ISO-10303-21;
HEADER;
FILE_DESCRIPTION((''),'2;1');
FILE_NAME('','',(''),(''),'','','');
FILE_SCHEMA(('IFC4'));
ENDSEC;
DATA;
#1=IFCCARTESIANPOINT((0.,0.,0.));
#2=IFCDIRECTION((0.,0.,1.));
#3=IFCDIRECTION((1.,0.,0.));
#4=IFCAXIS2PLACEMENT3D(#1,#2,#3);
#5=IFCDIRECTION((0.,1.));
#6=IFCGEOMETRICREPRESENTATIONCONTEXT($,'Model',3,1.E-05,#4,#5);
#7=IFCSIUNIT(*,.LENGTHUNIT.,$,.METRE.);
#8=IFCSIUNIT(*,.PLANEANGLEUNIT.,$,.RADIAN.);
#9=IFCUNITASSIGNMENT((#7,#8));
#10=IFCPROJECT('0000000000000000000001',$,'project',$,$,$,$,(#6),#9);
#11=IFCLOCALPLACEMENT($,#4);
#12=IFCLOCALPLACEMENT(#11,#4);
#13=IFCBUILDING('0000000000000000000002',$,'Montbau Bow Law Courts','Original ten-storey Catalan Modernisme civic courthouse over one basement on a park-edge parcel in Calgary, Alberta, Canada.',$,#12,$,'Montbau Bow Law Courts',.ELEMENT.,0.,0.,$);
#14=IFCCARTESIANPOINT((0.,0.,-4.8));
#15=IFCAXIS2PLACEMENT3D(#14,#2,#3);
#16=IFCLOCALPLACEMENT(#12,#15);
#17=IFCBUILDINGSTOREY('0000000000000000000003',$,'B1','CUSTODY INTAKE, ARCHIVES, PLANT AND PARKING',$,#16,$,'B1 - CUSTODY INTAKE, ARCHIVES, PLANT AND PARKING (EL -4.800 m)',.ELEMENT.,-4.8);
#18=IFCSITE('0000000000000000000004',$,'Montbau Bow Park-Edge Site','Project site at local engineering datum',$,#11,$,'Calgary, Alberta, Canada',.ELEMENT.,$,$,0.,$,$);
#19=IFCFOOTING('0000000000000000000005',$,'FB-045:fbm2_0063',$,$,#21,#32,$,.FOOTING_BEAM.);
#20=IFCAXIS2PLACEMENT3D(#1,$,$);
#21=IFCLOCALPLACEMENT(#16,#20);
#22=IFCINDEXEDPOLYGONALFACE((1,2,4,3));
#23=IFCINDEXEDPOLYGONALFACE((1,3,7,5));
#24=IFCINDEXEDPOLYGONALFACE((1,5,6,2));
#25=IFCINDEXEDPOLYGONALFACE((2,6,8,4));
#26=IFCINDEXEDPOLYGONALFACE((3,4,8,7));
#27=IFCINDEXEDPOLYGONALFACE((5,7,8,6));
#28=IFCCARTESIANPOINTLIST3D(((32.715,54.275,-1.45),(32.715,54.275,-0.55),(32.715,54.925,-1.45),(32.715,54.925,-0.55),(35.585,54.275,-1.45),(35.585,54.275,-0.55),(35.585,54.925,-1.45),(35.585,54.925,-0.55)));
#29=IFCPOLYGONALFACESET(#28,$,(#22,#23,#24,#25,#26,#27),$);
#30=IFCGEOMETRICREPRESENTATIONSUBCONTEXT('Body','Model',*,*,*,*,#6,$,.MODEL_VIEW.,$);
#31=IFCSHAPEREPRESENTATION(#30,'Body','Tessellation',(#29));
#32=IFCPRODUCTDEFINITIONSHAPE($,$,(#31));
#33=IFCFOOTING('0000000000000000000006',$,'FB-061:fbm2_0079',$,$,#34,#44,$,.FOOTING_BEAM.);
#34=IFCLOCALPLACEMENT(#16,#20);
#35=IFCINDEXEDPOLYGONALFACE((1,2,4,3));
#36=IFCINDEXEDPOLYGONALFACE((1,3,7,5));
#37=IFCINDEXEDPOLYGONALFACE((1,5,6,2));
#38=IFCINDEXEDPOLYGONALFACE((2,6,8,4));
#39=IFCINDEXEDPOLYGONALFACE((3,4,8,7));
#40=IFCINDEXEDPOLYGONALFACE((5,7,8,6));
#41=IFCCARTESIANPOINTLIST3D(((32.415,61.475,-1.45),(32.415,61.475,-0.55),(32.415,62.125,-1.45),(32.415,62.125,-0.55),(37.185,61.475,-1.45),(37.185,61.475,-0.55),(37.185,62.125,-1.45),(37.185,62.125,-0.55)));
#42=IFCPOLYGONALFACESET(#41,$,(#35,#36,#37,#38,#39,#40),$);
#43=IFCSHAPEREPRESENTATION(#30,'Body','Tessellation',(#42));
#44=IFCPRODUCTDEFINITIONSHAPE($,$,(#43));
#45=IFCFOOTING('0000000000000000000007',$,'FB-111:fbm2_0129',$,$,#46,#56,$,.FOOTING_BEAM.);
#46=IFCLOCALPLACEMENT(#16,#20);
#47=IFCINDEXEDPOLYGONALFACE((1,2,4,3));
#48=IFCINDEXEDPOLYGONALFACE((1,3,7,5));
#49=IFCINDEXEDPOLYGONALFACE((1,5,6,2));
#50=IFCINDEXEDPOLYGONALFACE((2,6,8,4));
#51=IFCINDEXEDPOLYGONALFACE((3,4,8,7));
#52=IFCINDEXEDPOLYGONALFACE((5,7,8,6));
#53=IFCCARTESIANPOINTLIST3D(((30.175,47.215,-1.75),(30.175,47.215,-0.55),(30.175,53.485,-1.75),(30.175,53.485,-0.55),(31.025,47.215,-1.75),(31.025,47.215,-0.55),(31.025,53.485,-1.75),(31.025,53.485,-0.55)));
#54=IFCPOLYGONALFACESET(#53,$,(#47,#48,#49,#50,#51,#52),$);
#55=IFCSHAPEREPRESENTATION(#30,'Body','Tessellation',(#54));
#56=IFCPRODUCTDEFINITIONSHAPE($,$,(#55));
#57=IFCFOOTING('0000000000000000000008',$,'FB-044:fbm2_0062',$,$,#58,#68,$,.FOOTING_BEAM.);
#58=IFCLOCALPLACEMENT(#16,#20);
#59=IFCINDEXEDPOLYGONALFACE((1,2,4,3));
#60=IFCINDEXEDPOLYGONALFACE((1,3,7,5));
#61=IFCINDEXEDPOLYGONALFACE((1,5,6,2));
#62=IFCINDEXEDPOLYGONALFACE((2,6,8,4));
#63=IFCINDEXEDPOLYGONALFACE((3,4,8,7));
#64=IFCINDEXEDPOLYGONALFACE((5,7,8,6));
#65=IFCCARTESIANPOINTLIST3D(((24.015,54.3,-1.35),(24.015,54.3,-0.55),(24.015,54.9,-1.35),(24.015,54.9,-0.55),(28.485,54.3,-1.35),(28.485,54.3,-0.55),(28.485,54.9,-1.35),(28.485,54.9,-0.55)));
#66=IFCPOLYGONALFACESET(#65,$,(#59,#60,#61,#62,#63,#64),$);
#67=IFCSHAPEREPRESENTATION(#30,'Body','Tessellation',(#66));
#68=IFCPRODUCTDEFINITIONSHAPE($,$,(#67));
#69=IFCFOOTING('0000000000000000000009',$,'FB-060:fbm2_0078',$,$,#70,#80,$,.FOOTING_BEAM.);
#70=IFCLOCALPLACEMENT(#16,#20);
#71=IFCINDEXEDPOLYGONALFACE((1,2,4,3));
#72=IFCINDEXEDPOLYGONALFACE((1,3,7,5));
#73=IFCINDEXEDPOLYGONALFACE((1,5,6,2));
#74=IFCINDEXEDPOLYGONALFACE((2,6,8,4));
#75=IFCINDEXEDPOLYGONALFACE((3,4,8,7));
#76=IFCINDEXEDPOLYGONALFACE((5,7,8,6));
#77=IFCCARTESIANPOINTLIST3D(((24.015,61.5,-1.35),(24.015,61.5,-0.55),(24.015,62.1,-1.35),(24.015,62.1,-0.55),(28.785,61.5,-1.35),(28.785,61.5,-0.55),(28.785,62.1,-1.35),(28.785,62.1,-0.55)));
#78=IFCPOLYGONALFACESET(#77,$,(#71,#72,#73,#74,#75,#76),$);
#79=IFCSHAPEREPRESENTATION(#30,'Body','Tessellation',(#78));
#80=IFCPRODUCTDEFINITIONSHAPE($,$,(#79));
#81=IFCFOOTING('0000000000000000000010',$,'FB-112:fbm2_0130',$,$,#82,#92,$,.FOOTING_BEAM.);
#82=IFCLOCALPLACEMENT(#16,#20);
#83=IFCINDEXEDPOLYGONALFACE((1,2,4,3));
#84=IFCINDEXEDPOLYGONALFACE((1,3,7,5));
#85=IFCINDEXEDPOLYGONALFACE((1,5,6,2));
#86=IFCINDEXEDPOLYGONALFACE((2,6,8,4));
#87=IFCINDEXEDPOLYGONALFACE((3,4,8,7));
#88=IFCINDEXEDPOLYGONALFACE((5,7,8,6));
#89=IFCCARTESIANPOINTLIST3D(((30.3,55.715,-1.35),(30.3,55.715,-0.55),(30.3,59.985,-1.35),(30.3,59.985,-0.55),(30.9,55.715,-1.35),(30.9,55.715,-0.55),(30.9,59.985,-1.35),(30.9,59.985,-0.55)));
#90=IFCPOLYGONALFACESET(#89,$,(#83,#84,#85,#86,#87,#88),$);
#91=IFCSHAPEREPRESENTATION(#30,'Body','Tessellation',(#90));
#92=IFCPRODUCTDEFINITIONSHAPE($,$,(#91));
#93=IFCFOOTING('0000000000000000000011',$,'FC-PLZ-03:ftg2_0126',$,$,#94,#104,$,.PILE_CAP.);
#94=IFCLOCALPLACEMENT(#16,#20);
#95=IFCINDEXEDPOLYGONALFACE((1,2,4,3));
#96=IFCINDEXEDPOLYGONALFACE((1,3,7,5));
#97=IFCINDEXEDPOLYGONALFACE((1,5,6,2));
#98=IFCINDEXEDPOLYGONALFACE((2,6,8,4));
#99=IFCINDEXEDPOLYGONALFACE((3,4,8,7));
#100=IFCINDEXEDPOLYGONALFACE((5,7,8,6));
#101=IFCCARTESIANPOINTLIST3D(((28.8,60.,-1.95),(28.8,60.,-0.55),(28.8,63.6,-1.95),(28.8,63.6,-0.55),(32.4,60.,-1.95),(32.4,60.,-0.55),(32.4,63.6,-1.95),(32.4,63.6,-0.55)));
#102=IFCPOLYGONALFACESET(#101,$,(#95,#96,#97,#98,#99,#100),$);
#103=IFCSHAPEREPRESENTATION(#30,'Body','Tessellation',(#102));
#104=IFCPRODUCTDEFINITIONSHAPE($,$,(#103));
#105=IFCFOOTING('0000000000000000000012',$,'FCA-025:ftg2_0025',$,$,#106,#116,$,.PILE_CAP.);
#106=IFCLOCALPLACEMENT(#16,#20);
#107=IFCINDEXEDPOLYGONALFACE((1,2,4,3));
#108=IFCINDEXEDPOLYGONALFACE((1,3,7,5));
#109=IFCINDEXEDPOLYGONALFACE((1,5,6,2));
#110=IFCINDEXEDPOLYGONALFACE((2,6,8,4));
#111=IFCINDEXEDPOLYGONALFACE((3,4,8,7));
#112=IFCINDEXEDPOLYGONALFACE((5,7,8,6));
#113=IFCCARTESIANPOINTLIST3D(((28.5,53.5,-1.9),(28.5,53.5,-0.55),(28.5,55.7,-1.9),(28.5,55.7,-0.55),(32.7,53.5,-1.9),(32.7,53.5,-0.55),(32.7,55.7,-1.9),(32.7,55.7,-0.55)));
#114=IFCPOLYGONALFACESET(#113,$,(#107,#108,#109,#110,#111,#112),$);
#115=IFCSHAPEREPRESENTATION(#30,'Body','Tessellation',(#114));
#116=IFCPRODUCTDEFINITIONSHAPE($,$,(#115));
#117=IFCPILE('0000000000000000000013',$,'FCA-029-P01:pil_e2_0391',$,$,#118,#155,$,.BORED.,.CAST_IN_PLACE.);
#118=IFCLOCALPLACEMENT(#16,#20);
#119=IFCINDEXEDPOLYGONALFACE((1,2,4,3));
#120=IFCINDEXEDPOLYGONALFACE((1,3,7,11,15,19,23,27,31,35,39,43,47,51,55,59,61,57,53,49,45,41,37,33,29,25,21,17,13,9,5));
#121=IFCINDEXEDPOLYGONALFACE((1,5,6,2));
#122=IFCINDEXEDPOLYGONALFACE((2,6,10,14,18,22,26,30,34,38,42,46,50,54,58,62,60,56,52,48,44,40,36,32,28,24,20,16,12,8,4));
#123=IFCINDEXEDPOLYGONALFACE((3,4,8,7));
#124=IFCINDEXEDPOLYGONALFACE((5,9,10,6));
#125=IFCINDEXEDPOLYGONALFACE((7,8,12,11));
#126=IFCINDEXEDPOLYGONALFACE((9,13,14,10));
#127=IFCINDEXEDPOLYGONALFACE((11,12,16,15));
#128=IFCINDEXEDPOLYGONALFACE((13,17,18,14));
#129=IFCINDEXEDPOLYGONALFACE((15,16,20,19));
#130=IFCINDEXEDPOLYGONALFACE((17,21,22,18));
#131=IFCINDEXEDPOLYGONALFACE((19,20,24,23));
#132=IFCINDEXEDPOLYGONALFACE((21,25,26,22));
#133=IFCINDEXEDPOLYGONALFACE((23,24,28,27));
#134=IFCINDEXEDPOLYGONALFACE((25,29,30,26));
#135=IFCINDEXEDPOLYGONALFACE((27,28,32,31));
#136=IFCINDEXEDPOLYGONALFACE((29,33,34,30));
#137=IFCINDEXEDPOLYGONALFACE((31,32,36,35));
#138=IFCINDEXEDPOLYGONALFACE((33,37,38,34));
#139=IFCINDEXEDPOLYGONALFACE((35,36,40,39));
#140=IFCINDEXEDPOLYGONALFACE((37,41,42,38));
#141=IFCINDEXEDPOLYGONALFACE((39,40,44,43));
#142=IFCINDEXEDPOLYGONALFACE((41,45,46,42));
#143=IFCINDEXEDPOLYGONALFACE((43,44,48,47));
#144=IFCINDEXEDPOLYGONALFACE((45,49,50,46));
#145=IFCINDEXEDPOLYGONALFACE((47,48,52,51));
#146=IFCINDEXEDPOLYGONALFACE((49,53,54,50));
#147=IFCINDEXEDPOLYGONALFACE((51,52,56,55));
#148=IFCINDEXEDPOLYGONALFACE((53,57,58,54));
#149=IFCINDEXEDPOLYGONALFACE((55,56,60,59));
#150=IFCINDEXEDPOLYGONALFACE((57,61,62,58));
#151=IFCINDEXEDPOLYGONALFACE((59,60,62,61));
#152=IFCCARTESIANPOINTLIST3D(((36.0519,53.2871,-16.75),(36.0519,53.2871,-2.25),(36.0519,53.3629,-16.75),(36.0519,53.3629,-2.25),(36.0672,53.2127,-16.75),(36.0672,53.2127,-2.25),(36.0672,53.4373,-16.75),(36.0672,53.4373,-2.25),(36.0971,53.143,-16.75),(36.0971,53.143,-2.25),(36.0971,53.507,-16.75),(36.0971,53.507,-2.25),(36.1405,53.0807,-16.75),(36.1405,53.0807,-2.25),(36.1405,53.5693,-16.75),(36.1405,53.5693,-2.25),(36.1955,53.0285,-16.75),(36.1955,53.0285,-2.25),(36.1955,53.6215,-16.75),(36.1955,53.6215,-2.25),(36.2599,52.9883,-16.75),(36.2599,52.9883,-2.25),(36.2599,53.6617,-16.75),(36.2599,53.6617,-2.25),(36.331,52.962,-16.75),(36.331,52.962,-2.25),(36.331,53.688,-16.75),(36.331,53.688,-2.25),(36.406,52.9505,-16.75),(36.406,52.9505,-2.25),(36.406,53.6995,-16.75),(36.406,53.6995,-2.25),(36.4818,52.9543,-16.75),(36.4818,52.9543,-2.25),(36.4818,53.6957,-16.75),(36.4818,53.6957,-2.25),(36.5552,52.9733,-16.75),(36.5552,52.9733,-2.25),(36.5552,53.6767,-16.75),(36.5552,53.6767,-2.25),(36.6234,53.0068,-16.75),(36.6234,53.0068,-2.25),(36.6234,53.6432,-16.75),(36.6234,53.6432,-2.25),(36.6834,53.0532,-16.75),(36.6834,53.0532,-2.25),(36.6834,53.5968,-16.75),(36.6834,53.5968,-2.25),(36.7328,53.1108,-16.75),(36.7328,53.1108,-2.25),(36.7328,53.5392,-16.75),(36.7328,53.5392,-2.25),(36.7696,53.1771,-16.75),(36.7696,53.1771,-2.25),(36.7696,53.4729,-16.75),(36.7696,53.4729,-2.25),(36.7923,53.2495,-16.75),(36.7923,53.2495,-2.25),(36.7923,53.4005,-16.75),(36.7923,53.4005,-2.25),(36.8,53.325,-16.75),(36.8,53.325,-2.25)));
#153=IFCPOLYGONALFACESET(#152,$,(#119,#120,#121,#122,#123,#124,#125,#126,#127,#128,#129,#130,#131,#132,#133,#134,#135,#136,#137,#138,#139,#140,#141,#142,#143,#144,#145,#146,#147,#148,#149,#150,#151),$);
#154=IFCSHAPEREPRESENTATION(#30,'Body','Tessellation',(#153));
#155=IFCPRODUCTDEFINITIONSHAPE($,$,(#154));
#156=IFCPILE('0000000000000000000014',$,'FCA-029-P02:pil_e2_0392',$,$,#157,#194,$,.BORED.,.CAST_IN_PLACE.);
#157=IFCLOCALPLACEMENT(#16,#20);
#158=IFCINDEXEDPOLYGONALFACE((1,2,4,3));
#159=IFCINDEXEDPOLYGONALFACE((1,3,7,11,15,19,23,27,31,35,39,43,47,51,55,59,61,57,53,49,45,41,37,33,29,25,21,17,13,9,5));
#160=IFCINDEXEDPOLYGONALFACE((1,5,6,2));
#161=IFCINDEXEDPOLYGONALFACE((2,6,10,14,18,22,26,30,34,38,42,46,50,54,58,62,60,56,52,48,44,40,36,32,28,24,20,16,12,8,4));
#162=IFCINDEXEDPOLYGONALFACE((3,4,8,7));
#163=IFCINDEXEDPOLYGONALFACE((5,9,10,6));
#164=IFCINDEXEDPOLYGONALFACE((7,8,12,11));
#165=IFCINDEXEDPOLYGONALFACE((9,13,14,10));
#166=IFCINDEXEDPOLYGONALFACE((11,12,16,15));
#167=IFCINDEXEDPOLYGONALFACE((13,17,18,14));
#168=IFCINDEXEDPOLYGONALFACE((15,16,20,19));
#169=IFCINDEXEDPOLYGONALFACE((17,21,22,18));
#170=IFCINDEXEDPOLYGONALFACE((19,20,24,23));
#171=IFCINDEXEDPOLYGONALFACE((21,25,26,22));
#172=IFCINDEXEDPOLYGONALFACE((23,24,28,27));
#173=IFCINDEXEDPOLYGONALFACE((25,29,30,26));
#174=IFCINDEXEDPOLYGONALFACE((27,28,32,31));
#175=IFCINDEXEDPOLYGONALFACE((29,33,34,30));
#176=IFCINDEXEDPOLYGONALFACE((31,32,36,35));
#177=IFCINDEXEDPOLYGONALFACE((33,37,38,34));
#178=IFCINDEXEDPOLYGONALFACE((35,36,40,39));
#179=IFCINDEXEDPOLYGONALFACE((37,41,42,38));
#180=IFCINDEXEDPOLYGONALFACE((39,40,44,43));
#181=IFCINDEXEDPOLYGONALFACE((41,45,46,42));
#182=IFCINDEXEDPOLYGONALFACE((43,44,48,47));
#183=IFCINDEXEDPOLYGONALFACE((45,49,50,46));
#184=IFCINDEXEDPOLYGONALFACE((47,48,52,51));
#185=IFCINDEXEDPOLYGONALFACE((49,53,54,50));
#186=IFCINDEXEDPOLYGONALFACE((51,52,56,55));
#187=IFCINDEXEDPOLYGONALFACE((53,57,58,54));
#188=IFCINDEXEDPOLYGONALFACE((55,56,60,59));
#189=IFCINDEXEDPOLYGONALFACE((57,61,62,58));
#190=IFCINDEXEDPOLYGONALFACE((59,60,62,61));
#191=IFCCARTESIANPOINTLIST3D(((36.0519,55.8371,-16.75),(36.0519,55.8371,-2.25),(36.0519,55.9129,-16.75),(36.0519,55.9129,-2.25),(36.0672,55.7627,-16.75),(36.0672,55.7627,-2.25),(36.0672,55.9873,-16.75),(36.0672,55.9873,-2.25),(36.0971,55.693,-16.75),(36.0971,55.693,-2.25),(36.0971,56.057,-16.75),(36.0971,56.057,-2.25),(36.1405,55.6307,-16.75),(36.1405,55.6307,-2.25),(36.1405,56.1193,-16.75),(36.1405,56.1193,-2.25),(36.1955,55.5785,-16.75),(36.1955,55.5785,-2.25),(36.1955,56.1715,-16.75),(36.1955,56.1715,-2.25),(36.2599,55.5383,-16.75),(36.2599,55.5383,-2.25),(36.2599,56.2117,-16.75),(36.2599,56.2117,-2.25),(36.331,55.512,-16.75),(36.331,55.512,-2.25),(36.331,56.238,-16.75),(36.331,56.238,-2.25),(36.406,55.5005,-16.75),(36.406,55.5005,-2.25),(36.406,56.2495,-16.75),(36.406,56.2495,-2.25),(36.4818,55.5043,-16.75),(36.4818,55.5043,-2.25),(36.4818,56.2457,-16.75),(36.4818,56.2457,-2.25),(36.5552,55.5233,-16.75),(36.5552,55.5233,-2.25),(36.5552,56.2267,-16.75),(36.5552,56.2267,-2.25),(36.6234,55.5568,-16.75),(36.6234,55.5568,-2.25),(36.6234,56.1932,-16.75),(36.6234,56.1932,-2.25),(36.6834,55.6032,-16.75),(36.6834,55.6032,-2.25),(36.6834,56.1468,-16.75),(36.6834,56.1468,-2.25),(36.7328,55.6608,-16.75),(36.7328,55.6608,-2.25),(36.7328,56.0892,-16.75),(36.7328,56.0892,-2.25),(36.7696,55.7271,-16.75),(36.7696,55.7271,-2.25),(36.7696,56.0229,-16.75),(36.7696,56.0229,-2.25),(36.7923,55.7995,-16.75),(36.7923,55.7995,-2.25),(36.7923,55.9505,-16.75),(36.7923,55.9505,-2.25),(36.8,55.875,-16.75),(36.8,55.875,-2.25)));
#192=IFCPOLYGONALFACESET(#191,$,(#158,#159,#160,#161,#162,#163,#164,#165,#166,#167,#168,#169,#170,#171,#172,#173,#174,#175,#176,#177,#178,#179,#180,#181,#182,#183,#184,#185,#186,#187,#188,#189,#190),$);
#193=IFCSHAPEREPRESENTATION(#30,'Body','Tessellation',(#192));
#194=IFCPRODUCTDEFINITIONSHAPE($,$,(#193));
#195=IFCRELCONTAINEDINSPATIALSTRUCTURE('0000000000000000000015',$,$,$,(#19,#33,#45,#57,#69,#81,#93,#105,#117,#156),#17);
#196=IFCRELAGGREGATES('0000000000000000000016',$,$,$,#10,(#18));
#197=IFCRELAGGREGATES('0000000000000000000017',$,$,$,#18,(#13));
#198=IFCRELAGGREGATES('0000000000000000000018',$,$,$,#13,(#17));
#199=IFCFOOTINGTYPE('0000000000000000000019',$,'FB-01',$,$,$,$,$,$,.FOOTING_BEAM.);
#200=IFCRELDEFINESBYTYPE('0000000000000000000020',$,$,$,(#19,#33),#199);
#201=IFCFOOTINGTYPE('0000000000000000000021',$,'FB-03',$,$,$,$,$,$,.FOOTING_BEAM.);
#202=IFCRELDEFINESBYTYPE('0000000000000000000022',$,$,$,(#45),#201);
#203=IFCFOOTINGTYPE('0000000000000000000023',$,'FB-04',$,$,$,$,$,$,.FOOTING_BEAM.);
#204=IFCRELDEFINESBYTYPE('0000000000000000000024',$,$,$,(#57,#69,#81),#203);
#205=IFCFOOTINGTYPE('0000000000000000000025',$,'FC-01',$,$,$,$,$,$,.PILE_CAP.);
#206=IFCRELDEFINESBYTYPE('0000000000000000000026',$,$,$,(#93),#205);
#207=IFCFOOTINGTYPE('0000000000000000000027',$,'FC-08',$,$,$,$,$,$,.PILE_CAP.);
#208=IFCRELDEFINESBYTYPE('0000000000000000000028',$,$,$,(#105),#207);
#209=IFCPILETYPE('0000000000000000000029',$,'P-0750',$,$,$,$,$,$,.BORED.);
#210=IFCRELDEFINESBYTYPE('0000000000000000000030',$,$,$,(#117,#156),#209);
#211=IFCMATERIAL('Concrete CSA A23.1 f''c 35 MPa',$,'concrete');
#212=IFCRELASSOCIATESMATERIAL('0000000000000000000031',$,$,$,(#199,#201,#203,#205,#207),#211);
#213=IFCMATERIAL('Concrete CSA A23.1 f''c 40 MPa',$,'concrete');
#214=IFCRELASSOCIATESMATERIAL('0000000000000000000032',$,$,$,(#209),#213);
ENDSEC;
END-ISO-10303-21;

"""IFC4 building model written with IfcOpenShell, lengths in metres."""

from ifc_helpers import new_model, si_unit, direction, frame, origin_with_axes, origin_2d_with_axis, place, context, subcontext, project, spatial, rectangle, circle, extrude, material, material_profile, profile_set, type_object, element, save


model = new_model("IFC4")

# Units and contexts
model_context = context("Model", 3, precision=1e-05, world=origin_with_axes(), true_north=direction((0.0, 1.0)))
body_context = subcontext(model_context, "Body", "Model", "MODEL_VIEW")
ifc_project = project(units=[si_unit("LENGTHUNIT", "METRE"), si_unit("PLANEANGLEUNIT", "RADIAN")], contexts=[model_context])

# Site, building, storey
site_placement = place(None, origin_with_axes())
site = spatial("IfcSite", under=ifc_project, at=site_placement, Name="Montbau Bow Park-Edge Site", Description="Project site at local engineering datum", LongName="Calgary, Alberta, Canada", CompositionType="ELEMENT", RefElevation=0.0)
building_placement = place(site_placement, origin_with_axes())
building = spatial("IfcBuilding", under=site, at=building_placement, Name="Montbau Bow Law Courts", Description="Original ten-storey Catalan Modernisme civic courthouse over one basement on a park-edge parcel in Calgary, Alberta, Canada.", LongName="Montbau Bow Law Courts", CompositionType="ELEMENT", ElevationOfRefHeight=0.0, ElevationOfTerrain=0.0)
storey_placement = place(building_placement, frame((0.0, 0.0, -4.8), z_axis=(0.0, 0.0, 1.0), x_axis=(1.0, 0.0, 0.0)))
storey = spatial("IfcBuildingStorey", under=building, at=storey_placement, Name="B1", Description="CUSTODY INTAKE, ARCHIVES, PLANT AND PARKING", LongName="B1 - CUSTODY INTAKE, ARCHIVES, PLANT AND PARKING (EL -4.800 m)", CompositionType="ELEMENT", Elevation=-4.8)

# Footings
ifc_material_1 = material(Name="Concrete CSA A23.1 f'c 35 MPa", Category="concrete")
footing_type_1 = type_object("IfcFootingType", Name="FB-01", PredefinedType="FOOTING_BEAM", material=ifc_material_1)
footing_1_placement = place(None, frame((34.15, 54.6, -6.25), z_axis=(0.0, 0.0, 1.0), x_axis=(1.0, 0.0, 0.0)))
element("IfcFooting", 1, at=footing_1_placement, inside=storey, type_object=footing_type_1, Name="FB-045:fbm2_0063", PredefinedType="FOOTING_BEAM", context=body_context, shape_type="SweptSolid", body=[
    extrude(rectangle(XDim=2.87, YDim=0.65, at=origin_2d_with_axis()), origin_with_axes(), (0.0, 0.0, 1.0), 0.9),
])
footing_2_placement = place(None, frame((34.8, 61.8, -6.25), z_axis=(0.0, 0.0, 1.0), x_axis=(1.0, 0.0, 0.0)))
element("IfcFooting", 2, at=footing_2_placement, inside=storey, type_object=footing_type_1, Name="FB-061:fbm2_0079", PredefinedType="FOOTING_BEAM", context=body_context, shape_type="SweptSolid", body=[
    extrude(rectangle(XDim=4.77, YDim=0.65, at=origin_2d_with_axis()), origin_with_axes(), (0.0, 0.0, 1.0), 0.9),
])
footing_type_2 = type_object("IfcFootingType", Name="FB-03", PredefinedType="FOOTING_BEAM", material=ifc_material_1)
footing_3_placement = place(None, frame((30.6, 50.35, -6.55), z_axis=(0.0, 0.0, 1.0), x_axis=(0.0, 1.0, 0.0)))
element("IfcFooting", 3, at=footing_3_placement, inside=storey, type_object=footing_type_2, Name="FB-111:fbm2_0129", PredefinedType="FOOTING_BEAM", context=body_context, shape_type="SweptSolid", body=[
    extrude(rectangle(XDim=6.27, YDim=0.85, at=origin_2d_with_axis()), origin_with_axes(), (0.0, 0.0, 1.0), 1.2),
])
footing_type_3 = type_object("IfcFootingType", Name="FB-04", PredefinedType="FOOTING_BEAM", material=ifc_material_1)
footing_4_placement = place(None, frame((26.25, 54.6, -6.15), z_axis=(0.0, 0.0, 1.0), x_axis=(1.0, 0.0, 0.0)))
element("IfcFooting", 4, at=footing_4_placement, inside=storey, type_object=footing_type_3, Name="FB-044:fbm2_0062", PredefinedType="FOOTING_BEAM", context=body_context, shape_type="SweptSolid", body=[
    extrude(rectangle(XDim=4.47, YDim=0.6, at=origin_2d_with_axis()), origin_with_axes(), (0.0, 0.0, 1.0), 0.8),
])
footing_5_placement = place(None, frame((26.4, 61.8, -6.15), z_axis=(0.0, 0.0, 1.0), x_axis=(1.0, 0.0, 0.0)))
element("IfcFooting", 5, at=footing_5_placement, inside=storey, type_object=footing_type_3, Name="FB-060:fbm2_0078", PredefinedType="FOOTING_BEAM", context=body_context, shape_type="SweptSolid", body=[
    extrude(rectangle(XDim=4.77, YDim=0.6, at=origin_2d_with_axis()), origin_with_axes(), (0.0, 0.0, 1.0), 0.8),
])
footing_6_placement = place(None, frame((30.6, 57.85, -6.15), z_axis=(0.0, 0.0, 1.0), x_axis=(0.0, 1.0, 0.0)))
element("IfcFooting", 6, at=footing_6_placement, inside=storey, type_object=footing_type_3, Name="FB-112:fbm2_0130", PredefinedType="FOOTING_BEAM", context=body_context, shape_type="SweptSolid", body=[
    extrude(rectangle(XDim=4.27, YDim=0.6, at=origin_2d_with_axis()), origin_with_axes(), (0.0, 0.0, 1.0), 0.8),
])
footing_type_4 = type_object("IfcFootingType", Name="FC-01", PredefinedType="PILE_CAP", material=ifc_material_1)
footing_7_placement = place(None, frame((30.6, 61.8, -6.75), z_axis=(0.0, 0.0, 1.0), x_axis=(1.0, 0.0, 0.0)))
element("IfcFooting", 7, at=footing_7_placement, inside=storey, type_object=footing_type_4, Name="FC-PLZ-03:ftg2_0126", PredefinedType="PILE_CAP", context=body_context, shape_type="SweptSolid", body=[
    extrude(rectangle(XDim=3.6, YDim=3.6, at=origin_2d_with_axis()), origin_with_axes(), (0.0, 0.0, 1.0), 1.4),
])
footing_type_5 = type_object("IfcFootingType", Name="FC-08", PredefinedType="PILE_CAP", material=ifc_material_1)
footing_8_placement = place(None, frame((30.6, 54.6, -6.7), z_axis=(0.0, 0.0, 1.0), x_axis=(1.0, 0.0, 0.0)))
element("IfcFooting", 8, at=footing_8_placement, inside=storey, type_object=footing_type_5, Name="FCA-025:ftg2_0025", PredefinedType="PILE_CAP", context=body_context, shape_type="SweptSolid", body=[
    extrude(rectangle(XDim=4.2, YDim=2.2, at=origin_2d_with_axis()), origin_with_axes(), (0.0, 0.0, 1.0), 1.35),
])

# Piles
ifc_material_2 = material(Name="Concrete CSA A23.1 f'c 40 MPa", Category="concrete")
ifc_material_profile_1 = material_profile(ifc_material_2, circle(Radius=0.375, at=origin_2d_with_axis()), Name="BP750", Category="Main", Priority=0)
ifc_profile_set_1 = profile_set([ifc_material_profile_1], Name="Concrete CSA A23.1 f'c 40 MPa")
pile_type_1 = type_object("IfcPileType", Name="P-0750", PredefinedType="BORED", material=ifc_profile_set_1)
for number, where, z_axis, x_axis, name in (
    (9, (36.425, 53.325, -21.55), (0.0, 0.0, 1.0), (1.0, 0.0, 0.0), "FCA-029-P01:pil_e2_0391"),
    (10, (36.425, 55.875, -21.55), (0.0, 0.0, 1.0), (1.0, 0.0, 0.0), "FCA-029-P02:pil_e2_0392"),
):
    element("IfcPile", number, at=place(None, frame(where, z_axis=z_axis, x_axis=x_axis)), inside=storey, type_object=pile_type_1, Name=name, ConstructionType="CAST_IN_PLACE", PredefinedType="BORED", context=body_context, shape_type="SweptSolid", body=[
        extrude(circle(Radius=0.375, at=origin_2d_with_axis()), origin_with_axes(), (0.0, 0.0, 1.0), 14.5),
    ])

save(model, "model.ifc")
